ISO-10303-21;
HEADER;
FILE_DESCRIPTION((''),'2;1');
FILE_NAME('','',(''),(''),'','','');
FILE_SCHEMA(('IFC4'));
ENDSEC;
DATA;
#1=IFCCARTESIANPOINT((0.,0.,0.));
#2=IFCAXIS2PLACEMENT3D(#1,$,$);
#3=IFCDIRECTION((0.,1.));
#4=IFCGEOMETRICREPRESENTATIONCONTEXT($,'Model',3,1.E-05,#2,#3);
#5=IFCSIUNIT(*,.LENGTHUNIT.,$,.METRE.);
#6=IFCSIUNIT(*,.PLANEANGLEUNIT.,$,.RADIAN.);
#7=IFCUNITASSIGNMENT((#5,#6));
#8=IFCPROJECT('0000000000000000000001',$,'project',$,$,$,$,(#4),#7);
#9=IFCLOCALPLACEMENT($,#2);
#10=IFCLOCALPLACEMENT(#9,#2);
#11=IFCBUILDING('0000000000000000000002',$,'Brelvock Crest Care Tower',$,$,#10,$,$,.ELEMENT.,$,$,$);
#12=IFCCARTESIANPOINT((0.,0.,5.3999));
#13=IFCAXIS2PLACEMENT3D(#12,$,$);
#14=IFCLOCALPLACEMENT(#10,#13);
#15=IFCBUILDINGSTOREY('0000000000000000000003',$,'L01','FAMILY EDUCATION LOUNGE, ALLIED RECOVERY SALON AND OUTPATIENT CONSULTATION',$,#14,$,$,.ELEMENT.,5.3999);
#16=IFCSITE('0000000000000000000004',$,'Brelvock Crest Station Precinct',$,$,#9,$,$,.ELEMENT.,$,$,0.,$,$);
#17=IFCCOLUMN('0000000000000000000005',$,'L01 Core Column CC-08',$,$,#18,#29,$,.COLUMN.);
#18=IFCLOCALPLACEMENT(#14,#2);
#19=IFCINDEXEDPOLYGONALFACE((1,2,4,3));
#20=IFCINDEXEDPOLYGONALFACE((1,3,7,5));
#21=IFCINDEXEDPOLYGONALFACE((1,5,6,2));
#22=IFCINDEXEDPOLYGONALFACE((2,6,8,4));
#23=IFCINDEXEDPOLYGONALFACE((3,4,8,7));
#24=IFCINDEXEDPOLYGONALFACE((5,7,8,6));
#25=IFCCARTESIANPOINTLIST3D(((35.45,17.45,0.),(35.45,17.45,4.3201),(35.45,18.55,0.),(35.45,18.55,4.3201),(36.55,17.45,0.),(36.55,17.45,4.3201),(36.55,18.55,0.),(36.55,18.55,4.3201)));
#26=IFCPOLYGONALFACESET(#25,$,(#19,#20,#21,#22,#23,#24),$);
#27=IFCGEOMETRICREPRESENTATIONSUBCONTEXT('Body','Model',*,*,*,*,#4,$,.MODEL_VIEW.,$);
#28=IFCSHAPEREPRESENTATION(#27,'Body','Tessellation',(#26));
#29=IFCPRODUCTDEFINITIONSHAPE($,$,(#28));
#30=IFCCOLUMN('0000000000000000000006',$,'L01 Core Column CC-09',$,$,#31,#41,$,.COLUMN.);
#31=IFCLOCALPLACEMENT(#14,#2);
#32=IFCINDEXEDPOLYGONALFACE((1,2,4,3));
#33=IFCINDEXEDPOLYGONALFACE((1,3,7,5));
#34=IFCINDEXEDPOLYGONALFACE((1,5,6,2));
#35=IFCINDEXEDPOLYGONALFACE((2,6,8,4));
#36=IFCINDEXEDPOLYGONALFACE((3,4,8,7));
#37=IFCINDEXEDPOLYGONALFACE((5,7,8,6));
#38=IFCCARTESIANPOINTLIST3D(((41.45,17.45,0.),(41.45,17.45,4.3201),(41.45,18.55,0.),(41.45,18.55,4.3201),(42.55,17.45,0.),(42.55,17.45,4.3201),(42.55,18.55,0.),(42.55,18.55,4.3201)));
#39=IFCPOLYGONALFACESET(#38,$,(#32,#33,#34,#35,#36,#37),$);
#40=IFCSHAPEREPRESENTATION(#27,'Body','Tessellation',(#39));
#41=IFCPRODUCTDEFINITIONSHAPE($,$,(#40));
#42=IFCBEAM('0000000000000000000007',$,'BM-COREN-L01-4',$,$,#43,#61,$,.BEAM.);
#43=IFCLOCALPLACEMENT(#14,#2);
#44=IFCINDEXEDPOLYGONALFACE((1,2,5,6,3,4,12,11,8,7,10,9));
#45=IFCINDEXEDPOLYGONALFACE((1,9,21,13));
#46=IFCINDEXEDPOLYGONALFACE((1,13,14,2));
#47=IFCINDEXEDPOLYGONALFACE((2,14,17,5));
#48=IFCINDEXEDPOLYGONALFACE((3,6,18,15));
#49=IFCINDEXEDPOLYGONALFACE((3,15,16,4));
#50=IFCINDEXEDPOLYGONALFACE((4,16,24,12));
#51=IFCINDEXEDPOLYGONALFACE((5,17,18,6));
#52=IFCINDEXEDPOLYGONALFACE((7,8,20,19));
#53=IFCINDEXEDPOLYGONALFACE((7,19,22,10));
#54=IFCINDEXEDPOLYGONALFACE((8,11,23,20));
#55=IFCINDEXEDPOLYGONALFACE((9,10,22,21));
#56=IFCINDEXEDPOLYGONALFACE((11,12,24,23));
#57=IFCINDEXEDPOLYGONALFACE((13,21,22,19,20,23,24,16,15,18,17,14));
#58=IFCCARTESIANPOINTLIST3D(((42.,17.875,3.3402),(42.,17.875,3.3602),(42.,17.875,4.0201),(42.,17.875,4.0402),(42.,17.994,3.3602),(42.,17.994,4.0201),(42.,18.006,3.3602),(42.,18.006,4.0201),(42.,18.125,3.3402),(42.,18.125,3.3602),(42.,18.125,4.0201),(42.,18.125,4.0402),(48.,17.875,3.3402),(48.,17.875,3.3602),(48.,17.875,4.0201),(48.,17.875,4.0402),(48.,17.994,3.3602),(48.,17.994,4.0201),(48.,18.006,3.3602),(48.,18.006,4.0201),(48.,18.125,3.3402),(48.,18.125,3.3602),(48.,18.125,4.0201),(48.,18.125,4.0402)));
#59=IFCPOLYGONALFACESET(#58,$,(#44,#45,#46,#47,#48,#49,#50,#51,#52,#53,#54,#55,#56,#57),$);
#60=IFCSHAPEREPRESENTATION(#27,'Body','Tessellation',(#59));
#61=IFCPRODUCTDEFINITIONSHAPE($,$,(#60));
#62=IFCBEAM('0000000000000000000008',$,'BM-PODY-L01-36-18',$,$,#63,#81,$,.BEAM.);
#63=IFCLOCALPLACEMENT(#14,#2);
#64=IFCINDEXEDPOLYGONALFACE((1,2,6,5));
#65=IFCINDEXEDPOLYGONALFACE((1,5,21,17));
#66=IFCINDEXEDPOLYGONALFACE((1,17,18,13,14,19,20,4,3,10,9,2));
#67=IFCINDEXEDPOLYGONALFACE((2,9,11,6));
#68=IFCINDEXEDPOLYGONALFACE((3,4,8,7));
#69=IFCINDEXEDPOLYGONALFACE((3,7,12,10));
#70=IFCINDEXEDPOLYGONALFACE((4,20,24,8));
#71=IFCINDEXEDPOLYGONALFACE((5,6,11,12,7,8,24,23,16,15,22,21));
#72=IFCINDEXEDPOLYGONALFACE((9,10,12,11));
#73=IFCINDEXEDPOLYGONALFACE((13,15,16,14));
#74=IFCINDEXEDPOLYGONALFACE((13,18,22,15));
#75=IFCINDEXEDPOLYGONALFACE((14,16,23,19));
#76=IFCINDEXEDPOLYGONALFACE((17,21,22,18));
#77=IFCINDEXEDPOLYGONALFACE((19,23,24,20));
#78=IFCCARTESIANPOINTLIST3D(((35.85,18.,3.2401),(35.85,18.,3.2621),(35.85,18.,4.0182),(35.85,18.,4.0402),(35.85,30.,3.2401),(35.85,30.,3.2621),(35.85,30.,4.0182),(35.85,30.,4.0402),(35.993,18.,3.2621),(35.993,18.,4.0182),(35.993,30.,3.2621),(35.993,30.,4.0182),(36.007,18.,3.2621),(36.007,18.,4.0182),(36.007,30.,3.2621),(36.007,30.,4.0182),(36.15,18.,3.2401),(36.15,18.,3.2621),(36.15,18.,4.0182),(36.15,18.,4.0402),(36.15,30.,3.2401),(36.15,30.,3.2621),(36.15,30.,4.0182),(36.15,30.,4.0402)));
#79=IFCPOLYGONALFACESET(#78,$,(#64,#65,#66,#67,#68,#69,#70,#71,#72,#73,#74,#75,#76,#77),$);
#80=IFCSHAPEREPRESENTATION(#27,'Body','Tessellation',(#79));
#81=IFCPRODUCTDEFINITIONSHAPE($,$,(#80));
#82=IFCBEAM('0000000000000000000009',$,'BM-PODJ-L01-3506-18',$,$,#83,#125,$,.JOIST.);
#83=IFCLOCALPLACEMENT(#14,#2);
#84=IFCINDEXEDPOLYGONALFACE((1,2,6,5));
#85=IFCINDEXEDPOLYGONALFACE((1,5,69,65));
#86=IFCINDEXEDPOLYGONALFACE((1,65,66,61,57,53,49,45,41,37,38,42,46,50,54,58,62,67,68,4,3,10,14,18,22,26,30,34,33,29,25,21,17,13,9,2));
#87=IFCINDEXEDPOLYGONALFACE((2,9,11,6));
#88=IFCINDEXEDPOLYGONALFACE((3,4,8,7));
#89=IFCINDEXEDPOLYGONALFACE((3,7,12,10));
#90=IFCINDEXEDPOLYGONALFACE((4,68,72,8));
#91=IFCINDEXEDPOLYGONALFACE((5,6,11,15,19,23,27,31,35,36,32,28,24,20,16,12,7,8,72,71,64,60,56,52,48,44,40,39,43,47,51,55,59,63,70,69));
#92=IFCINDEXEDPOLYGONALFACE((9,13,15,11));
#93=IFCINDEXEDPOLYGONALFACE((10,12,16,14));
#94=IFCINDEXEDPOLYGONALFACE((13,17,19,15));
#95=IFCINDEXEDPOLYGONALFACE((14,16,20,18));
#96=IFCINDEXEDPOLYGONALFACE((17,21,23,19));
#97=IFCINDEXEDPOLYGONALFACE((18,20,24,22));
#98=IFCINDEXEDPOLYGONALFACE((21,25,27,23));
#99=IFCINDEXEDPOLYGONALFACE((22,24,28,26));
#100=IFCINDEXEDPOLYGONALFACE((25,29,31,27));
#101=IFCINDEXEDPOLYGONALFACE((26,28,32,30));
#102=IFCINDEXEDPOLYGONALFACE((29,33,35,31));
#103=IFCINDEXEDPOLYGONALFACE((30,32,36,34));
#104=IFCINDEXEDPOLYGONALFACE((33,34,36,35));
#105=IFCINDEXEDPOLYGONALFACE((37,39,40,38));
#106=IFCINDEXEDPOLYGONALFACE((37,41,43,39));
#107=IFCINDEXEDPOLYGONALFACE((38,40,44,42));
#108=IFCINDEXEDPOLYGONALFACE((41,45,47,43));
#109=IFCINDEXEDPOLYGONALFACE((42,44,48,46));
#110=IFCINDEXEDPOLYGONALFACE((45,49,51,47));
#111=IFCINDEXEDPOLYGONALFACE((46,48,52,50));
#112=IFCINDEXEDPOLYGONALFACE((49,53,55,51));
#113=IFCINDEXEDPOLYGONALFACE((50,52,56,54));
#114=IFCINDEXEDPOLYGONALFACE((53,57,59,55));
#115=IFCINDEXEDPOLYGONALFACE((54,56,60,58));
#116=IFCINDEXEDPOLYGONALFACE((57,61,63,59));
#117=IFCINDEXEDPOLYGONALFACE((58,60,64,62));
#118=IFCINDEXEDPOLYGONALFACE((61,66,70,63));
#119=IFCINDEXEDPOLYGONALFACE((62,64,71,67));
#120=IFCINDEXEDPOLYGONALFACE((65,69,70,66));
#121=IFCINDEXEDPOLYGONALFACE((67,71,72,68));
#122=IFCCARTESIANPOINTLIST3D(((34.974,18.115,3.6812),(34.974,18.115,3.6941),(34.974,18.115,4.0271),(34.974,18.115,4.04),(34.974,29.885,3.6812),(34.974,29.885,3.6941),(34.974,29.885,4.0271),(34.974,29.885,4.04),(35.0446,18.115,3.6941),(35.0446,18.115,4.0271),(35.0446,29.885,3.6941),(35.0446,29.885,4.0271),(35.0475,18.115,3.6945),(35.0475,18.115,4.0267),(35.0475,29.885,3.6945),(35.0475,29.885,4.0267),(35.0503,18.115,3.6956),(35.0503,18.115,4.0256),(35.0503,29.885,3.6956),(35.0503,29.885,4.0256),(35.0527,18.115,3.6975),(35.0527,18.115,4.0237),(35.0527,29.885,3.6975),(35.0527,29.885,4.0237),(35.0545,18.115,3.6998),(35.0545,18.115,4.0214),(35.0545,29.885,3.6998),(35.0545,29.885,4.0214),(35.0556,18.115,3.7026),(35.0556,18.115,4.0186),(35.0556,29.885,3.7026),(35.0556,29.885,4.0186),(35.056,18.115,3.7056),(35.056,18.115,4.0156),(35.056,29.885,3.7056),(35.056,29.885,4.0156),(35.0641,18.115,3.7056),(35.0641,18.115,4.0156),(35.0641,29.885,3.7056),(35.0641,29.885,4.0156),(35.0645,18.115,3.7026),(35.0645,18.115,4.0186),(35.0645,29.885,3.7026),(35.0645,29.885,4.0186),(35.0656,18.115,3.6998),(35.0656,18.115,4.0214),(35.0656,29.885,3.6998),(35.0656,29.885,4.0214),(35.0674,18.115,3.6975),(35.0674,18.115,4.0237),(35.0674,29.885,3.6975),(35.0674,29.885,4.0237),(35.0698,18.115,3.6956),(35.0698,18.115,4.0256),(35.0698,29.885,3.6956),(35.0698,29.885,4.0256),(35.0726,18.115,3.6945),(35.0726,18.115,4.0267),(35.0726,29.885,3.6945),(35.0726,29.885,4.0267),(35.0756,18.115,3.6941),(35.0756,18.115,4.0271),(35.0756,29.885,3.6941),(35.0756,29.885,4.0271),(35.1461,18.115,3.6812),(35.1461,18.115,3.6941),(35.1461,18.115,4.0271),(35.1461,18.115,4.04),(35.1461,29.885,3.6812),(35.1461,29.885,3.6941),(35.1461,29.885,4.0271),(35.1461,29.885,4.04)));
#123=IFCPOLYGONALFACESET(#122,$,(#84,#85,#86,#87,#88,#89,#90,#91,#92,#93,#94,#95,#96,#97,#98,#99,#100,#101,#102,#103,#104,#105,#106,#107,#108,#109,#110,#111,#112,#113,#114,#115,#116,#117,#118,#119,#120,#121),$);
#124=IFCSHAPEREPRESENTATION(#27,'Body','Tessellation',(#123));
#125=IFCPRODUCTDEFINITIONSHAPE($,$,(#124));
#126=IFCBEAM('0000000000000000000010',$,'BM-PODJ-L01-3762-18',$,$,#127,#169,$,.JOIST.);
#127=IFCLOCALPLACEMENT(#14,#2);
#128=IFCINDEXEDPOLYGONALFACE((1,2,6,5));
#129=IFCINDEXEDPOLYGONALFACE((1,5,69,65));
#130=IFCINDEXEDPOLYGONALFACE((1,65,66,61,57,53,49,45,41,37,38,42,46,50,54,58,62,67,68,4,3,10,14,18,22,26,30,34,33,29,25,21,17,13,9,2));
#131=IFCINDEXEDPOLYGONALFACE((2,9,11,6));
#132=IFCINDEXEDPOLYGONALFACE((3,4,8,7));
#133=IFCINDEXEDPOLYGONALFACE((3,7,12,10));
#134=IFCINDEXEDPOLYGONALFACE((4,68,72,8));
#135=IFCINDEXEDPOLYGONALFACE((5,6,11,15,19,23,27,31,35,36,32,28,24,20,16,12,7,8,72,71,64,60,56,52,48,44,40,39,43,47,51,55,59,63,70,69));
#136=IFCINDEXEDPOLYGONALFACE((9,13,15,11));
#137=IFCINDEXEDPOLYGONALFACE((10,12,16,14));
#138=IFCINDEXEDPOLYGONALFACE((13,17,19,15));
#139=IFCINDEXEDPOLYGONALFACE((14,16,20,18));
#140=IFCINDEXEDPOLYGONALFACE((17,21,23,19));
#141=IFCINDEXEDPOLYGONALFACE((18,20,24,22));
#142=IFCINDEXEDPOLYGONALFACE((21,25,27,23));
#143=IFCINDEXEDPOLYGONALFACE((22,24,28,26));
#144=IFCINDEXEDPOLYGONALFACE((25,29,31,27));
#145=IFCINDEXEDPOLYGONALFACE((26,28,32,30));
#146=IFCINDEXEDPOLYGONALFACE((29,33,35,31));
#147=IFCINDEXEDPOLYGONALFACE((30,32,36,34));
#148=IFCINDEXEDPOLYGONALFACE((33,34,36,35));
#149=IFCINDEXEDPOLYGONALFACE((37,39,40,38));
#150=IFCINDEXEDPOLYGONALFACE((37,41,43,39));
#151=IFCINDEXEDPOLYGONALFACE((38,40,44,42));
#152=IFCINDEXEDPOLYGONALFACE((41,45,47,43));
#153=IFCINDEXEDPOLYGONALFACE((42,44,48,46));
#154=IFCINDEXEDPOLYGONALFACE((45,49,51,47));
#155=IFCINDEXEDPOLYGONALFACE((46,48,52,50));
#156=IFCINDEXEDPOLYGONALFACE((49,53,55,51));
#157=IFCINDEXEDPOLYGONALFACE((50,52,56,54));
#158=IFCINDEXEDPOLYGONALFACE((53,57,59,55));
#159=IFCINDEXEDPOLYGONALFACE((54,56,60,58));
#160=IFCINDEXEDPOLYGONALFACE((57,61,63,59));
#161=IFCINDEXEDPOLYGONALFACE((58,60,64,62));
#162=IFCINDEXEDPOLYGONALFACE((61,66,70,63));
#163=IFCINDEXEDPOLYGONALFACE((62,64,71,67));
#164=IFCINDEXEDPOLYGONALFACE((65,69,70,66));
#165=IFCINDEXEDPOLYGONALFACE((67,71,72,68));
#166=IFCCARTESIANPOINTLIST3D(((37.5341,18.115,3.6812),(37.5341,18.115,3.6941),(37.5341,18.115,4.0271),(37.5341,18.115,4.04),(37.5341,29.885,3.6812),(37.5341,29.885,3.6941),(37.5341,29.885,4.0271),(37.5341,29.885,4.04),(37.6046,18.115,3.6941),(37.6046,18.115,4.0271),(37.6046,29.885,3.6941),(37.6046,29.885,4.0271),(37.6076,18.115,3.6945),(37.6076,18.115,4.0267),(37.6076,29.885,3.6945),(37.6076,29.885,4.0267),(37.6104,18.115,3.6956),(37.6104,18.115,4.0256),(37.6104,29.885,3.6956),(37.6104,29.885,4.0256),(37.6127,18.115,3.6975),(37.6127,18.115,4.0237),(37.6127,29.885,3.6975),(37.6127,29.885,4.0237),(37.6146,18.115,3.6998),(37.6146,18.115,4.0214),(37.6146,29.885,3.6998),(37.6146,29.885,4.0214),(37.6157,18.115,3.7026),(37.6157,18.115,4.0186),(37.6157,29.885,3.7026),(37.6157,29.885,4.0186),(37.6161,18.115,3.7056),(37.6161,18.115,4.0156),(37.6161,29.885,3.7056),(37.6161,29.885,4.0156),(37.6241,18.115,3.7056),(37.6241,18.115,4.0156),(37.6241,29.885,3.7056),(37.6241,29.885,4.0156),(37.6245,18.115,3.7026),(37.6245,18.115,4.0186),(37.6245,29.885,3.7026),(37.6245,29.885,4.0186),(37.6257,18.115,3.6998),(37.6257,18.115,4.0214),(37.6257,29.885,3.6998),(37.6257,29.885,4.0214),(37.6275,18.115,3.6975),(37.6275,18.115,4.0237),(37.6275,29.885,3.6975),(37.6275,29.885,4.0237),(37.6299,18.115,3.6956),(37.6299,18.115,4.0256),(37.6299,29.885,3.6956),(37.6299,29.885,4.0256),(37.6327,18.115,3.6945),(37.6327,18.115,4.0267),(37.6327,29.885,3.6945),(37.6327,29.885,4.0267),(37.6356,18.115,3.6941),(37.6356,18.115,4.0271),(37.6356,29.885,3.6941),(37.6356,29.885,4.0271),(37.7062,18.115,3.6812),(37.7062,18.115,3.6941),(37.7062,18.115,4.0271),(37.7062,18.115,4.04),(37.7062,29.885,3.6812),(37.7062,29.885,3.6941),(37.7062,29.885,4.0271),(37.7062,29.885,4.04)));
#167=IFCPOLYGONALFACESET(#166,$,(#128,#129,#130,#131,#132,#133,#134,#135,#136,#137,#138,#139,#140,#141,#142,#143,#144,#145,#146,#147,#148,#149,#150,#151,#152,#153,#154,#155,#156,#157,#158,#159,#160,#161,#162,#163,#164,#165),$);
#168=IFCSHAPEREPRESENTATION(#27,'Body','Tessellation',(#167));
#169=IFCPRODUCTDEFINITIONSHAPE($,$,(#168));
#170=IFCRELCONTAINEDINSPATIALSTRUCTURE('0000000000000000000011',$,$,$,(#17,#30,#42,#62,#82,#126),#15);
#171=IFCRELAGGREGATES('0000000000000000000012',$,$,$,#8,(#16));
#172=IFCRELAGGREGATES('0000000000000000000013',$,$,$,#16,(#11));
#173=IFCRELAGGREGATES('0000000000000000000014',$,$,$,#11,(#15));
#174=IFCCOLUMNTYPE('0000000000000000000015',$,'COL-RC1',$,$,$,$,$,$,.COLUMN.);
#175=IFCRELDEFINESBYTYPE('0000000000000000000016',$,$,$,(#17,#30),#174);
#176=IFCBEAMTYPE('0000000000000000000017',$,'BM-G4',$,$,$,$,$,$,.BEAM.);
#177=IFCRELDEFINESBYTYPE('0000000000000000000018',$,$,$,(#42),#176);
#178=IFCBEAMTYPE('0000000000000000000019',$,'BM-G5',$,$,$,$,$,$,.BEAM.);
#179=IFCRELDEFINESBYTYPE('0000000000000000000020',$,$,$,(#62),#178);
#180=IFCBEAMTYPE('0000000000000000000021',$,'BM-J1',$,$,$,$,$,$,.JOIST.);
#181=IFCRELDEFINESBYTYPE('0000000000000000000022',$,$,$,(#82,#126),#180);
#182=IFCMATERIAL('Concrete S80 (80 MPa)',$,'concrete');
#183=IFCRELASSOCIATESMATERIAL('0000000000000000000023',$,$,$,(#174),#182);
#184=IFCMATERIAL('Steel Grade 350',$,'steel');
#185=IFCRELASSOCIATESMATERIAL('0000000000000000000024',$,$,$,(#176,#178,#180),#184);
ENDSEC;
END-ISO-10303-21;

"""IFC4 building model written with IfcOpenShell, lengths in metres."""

from ifc_helpers import new_model, si_unit, direction, frame, origin, origin_2d, place, context, subcontext, project, spatial, rectangle, i_section, extrude, source, transform, mapped, material, material_profile, profile_set, type_object, element, save


model = new_model("IFC4")

# Units and contexts
model_context = context("Model", 3, precision=1e-05, world=origin(), true_north=direction((0.0, 1.0)))
body_context = subcontext(model_context, "Body", "Model", "MODEL_VIEW")
ifc_project = project(units=[si_unit("LENGTHUNIT", "METRE"), si_unit("PLANEANGLEUNIT", "RADIAN")], contexts=[model_context])

# Site, building, storey
site_placement = place(None, origin())
site = spatial("IfcSite", under=ifc_project, at=site_placement, Name="Brelvock Crest Station Precinct", CompositionType="ELEMENT", RefElevation=0.0)
building_placement = place(site_placement, origin())
building = spatial("IfcBuilding", under=site, at=building_placement, Name="Brelvock Crest Care Tower", CompositionType="ELEMENT")
storey_placement = place(building_placement, frame((0.0, 0.0, 5.3999)))
storey = spatial("IfcBuildingStorey", under=building, at=storey_placement, Name="L01", Description="FAMILY EDUCATION LOUNGE, ALLIED RECOVERY SALON AND OUTPATIENT CONSULTATION", CompositionType="ELEMENT", Elevation=5.3999)

# Columns
ifc_material_1 = material(Name="Concrete S80 (80 MPa)", Category="concrete")
ifc_material_profile_1 = material_profile(ifc_material_1, rectangle(XDim=1.1001, YDim=1.1001, at=origin_2d()), Name="RC1100x1100")
ifc_profile_set_1 = profile_set([ifc_material_profile_1], Name="Concrete S80 (80 MPa)")
column_type = type_object("IfcColumnType", Name="COL-RC1", PredefinedType="COLUMN", material=ifc_profile_set_1)
shared_shape_1 = source(origin(), body_context, "Body", "SweptSolid", [
    extrude(rectangle(XDim=1.1001, YDim=1.1001, at=origin_2d()), origin(), (0.0, 0.0, 1.0), 4.3201),
])
for number, where, z_axis, x_axis, name in (
    (1, (36.0, 18.0, 0.0), (0.0, 0.0, 1.0), (1.0, 0.0, 0.0), "L01 Core Column CC-08"),
    (2, (42.0, 18.0, 0.0), (0.0, 0.0, 1.0), (1.0, 0.0, 0.0), "L01 Core Column CC-09"),
):
    element("IfcColumn", number, at=place(storey_placement, frame(where, z_axis=z_axis, x_axis=x_axis)), inside=storey, type_object=column_type, Name=name, PredefinedType="COLUMN", context=body_context, shape_type="MappedRepresentation", body=[
        mapped(shared_shape_1, transform((0.0, 0.0, 0.0), x_axis=(1.0, 0.0, 0.0), y_axis=(0.0, 1.0, 0.0), z_axis=(0.0, 0.0, 1.0), scale=1.0)),
    ])

# Beams
ifc_material_2 = material(Name="Steel Grade 350", Category="steel")
ifc_material_profile_2 = material_profile(ifc_material_2, i_section(OverallWidth=0.25, OverallDepth=0.7, WebThickness=0.012, FlangeThickness=0.02, at=origin_2d()), Name="700WB150")
ifc_profile_set_2 = profile_set([ifc_material_profile_2], Name="Steel Grade 350")
beam_type_1 = type_object("IfcBeamType", Name="BM-G4", PredefinedType="BEAM", material=ifc_profile_set_2)
shared_shape_2 = source(origin(), body_context, "Body", "SweptSolid", [
    extrude(i_section(OverallWidth=0.25, OverallDepth=0.7, WebThickness=0.012, FlangeThickness=0.02, at=origin_2d()), origin(), (0.0, 0.0, 1.0), 6.0),
])
beam_1_placement = place(storey_placement, frame((42.0, 18.0, 3.6902), z_axis=(1.0, 0.0, 0.0), x_axis=(0.0, 1.0, 0.0)))
element("IfcBeam", 3, at=beam_1_placement, inside=storey, type_object=beam_type_1, Name="BM-COREN-L01-4", PredefinedType="BEAM", context=body_context, shape_type="MappedRepresentation", body=[
    mapped(shared_shape_2, transform((0.0, 0.0, 0.0), x_axis=(1.0, 0.0, 0.0), y_axis=(0.0, 1.0, 0.0), z_axis=(0.0, 0.0, 1.0), scale=1.0)),
])
ifc_material_profile_3 = material_profile(ifc_material_2, i_section(OverallWidth=0.3, OverallDepth=0.8, WebThickness=0.0139, FlangeThickness=0.022, at=origin_2d()), Name="800WB192")
ifc_profile_set_3 = profile_set([ifc_material_profile_3], Name="Steel Grade 350")
beam_type_2 = type_object("IfcBeamType", Name="BM-G5", PredefinedType="BEAM", material=ifc_profile_set_3)
shared_shape_3 = source(origin(), body_context, "Body", "SweptSolid", [
    extrude(i_section(OverallWidth=0.3, OverallDepth=0.8, WebThickness=0.0139, FlangeThickness=0.022, at=origin_2d()), origin(), (0.0, 0.0, 1.0), 12.0),
])
beam_2_placement = place(storey_placement, frame((36.0, 18.0, 3.6401), z_axis=(0.0, 1.0, 0.0), x_axis=(-1.0, 0.0, 0.0)))
element("IfcBeam", 4, at=beam_2_placement, inside=storey, type_object=beam_type_2, Name="BM-PODY-L01-36-18", PredefinedType="BEAM", context=body_context, shape_type="MappedRepresentation", body=[
    mapped(shared_shape_3, transform((0.0, 0.0, 0.0), x_axis=(1.0, 0.0, 0.0), y_axis=(0.0, 1.0, 0.0), z_axis=(0.0, 0.0, 1.0), scale=1.0)),
])
ifc_material_profile_4 = material_profile(ifc_material_2, i_section(OverallWidth=0.1721, OverallDepth=0.3589, WebThickness=0.0081, FlangeThickness=0.0129, FilletRadius=0.0115, at=origin_2d()), Name="360UB56.7")
ifc_profile_set_4 = profile_set([ifc_material_profile_4], Name="Steel Grade 350")
beam_type_3 = type_object("IfcBeamType", Name="BM-J1", PredefinedType="JOIST", material=ifc_profile_set_4)
shared_shape_4 = source(origin(), body_context, "Body", "SweptSolid", [
    extrude(i_section(OverallWidth=0.1721, OverallDepth=0.3589, WebThickness=0.0081, FlangeThickness=0.0129, FilletRadius=0.0115, at=origin_2d()), origin(), (0.0, 0.0, 1.0), 11.77),
])
for number, where, z_axis, x_axis, name in (
    (5, (35.0601, 18.115, 3.8606), (0.0, 1.0, 0.0), (-1.0, 0.0, 0.0), "BM-PODJ-L01-3506-18"),
    (6, (37.6201, 18.115, 3.8606), (0.0, 1.0, 0.0), (-1.0, 0.0, 0.0), "BM-PODJ-L01-3762-18"),
):
    element("IfcBeam", number, at=place(storey_placement, frame(where, z_axis=z_axis, x_axis=x_axis)), inside=storey, type_object=beam_type_3, Name=name, PredefinedType="JOIST", context=body_context, shape_type="MappedRepresentation", body=[
        mapped(shared_shape_4, transform((0.0, 0.0, 0.0), x_axis=(1.0, 0.0, 0.0), y_axis=(0.0, 1.0, 0.0), z_axis=(0.0, 0.0, 1.0), scale=1.0)),
    ])

save(model, "model.ifc")
